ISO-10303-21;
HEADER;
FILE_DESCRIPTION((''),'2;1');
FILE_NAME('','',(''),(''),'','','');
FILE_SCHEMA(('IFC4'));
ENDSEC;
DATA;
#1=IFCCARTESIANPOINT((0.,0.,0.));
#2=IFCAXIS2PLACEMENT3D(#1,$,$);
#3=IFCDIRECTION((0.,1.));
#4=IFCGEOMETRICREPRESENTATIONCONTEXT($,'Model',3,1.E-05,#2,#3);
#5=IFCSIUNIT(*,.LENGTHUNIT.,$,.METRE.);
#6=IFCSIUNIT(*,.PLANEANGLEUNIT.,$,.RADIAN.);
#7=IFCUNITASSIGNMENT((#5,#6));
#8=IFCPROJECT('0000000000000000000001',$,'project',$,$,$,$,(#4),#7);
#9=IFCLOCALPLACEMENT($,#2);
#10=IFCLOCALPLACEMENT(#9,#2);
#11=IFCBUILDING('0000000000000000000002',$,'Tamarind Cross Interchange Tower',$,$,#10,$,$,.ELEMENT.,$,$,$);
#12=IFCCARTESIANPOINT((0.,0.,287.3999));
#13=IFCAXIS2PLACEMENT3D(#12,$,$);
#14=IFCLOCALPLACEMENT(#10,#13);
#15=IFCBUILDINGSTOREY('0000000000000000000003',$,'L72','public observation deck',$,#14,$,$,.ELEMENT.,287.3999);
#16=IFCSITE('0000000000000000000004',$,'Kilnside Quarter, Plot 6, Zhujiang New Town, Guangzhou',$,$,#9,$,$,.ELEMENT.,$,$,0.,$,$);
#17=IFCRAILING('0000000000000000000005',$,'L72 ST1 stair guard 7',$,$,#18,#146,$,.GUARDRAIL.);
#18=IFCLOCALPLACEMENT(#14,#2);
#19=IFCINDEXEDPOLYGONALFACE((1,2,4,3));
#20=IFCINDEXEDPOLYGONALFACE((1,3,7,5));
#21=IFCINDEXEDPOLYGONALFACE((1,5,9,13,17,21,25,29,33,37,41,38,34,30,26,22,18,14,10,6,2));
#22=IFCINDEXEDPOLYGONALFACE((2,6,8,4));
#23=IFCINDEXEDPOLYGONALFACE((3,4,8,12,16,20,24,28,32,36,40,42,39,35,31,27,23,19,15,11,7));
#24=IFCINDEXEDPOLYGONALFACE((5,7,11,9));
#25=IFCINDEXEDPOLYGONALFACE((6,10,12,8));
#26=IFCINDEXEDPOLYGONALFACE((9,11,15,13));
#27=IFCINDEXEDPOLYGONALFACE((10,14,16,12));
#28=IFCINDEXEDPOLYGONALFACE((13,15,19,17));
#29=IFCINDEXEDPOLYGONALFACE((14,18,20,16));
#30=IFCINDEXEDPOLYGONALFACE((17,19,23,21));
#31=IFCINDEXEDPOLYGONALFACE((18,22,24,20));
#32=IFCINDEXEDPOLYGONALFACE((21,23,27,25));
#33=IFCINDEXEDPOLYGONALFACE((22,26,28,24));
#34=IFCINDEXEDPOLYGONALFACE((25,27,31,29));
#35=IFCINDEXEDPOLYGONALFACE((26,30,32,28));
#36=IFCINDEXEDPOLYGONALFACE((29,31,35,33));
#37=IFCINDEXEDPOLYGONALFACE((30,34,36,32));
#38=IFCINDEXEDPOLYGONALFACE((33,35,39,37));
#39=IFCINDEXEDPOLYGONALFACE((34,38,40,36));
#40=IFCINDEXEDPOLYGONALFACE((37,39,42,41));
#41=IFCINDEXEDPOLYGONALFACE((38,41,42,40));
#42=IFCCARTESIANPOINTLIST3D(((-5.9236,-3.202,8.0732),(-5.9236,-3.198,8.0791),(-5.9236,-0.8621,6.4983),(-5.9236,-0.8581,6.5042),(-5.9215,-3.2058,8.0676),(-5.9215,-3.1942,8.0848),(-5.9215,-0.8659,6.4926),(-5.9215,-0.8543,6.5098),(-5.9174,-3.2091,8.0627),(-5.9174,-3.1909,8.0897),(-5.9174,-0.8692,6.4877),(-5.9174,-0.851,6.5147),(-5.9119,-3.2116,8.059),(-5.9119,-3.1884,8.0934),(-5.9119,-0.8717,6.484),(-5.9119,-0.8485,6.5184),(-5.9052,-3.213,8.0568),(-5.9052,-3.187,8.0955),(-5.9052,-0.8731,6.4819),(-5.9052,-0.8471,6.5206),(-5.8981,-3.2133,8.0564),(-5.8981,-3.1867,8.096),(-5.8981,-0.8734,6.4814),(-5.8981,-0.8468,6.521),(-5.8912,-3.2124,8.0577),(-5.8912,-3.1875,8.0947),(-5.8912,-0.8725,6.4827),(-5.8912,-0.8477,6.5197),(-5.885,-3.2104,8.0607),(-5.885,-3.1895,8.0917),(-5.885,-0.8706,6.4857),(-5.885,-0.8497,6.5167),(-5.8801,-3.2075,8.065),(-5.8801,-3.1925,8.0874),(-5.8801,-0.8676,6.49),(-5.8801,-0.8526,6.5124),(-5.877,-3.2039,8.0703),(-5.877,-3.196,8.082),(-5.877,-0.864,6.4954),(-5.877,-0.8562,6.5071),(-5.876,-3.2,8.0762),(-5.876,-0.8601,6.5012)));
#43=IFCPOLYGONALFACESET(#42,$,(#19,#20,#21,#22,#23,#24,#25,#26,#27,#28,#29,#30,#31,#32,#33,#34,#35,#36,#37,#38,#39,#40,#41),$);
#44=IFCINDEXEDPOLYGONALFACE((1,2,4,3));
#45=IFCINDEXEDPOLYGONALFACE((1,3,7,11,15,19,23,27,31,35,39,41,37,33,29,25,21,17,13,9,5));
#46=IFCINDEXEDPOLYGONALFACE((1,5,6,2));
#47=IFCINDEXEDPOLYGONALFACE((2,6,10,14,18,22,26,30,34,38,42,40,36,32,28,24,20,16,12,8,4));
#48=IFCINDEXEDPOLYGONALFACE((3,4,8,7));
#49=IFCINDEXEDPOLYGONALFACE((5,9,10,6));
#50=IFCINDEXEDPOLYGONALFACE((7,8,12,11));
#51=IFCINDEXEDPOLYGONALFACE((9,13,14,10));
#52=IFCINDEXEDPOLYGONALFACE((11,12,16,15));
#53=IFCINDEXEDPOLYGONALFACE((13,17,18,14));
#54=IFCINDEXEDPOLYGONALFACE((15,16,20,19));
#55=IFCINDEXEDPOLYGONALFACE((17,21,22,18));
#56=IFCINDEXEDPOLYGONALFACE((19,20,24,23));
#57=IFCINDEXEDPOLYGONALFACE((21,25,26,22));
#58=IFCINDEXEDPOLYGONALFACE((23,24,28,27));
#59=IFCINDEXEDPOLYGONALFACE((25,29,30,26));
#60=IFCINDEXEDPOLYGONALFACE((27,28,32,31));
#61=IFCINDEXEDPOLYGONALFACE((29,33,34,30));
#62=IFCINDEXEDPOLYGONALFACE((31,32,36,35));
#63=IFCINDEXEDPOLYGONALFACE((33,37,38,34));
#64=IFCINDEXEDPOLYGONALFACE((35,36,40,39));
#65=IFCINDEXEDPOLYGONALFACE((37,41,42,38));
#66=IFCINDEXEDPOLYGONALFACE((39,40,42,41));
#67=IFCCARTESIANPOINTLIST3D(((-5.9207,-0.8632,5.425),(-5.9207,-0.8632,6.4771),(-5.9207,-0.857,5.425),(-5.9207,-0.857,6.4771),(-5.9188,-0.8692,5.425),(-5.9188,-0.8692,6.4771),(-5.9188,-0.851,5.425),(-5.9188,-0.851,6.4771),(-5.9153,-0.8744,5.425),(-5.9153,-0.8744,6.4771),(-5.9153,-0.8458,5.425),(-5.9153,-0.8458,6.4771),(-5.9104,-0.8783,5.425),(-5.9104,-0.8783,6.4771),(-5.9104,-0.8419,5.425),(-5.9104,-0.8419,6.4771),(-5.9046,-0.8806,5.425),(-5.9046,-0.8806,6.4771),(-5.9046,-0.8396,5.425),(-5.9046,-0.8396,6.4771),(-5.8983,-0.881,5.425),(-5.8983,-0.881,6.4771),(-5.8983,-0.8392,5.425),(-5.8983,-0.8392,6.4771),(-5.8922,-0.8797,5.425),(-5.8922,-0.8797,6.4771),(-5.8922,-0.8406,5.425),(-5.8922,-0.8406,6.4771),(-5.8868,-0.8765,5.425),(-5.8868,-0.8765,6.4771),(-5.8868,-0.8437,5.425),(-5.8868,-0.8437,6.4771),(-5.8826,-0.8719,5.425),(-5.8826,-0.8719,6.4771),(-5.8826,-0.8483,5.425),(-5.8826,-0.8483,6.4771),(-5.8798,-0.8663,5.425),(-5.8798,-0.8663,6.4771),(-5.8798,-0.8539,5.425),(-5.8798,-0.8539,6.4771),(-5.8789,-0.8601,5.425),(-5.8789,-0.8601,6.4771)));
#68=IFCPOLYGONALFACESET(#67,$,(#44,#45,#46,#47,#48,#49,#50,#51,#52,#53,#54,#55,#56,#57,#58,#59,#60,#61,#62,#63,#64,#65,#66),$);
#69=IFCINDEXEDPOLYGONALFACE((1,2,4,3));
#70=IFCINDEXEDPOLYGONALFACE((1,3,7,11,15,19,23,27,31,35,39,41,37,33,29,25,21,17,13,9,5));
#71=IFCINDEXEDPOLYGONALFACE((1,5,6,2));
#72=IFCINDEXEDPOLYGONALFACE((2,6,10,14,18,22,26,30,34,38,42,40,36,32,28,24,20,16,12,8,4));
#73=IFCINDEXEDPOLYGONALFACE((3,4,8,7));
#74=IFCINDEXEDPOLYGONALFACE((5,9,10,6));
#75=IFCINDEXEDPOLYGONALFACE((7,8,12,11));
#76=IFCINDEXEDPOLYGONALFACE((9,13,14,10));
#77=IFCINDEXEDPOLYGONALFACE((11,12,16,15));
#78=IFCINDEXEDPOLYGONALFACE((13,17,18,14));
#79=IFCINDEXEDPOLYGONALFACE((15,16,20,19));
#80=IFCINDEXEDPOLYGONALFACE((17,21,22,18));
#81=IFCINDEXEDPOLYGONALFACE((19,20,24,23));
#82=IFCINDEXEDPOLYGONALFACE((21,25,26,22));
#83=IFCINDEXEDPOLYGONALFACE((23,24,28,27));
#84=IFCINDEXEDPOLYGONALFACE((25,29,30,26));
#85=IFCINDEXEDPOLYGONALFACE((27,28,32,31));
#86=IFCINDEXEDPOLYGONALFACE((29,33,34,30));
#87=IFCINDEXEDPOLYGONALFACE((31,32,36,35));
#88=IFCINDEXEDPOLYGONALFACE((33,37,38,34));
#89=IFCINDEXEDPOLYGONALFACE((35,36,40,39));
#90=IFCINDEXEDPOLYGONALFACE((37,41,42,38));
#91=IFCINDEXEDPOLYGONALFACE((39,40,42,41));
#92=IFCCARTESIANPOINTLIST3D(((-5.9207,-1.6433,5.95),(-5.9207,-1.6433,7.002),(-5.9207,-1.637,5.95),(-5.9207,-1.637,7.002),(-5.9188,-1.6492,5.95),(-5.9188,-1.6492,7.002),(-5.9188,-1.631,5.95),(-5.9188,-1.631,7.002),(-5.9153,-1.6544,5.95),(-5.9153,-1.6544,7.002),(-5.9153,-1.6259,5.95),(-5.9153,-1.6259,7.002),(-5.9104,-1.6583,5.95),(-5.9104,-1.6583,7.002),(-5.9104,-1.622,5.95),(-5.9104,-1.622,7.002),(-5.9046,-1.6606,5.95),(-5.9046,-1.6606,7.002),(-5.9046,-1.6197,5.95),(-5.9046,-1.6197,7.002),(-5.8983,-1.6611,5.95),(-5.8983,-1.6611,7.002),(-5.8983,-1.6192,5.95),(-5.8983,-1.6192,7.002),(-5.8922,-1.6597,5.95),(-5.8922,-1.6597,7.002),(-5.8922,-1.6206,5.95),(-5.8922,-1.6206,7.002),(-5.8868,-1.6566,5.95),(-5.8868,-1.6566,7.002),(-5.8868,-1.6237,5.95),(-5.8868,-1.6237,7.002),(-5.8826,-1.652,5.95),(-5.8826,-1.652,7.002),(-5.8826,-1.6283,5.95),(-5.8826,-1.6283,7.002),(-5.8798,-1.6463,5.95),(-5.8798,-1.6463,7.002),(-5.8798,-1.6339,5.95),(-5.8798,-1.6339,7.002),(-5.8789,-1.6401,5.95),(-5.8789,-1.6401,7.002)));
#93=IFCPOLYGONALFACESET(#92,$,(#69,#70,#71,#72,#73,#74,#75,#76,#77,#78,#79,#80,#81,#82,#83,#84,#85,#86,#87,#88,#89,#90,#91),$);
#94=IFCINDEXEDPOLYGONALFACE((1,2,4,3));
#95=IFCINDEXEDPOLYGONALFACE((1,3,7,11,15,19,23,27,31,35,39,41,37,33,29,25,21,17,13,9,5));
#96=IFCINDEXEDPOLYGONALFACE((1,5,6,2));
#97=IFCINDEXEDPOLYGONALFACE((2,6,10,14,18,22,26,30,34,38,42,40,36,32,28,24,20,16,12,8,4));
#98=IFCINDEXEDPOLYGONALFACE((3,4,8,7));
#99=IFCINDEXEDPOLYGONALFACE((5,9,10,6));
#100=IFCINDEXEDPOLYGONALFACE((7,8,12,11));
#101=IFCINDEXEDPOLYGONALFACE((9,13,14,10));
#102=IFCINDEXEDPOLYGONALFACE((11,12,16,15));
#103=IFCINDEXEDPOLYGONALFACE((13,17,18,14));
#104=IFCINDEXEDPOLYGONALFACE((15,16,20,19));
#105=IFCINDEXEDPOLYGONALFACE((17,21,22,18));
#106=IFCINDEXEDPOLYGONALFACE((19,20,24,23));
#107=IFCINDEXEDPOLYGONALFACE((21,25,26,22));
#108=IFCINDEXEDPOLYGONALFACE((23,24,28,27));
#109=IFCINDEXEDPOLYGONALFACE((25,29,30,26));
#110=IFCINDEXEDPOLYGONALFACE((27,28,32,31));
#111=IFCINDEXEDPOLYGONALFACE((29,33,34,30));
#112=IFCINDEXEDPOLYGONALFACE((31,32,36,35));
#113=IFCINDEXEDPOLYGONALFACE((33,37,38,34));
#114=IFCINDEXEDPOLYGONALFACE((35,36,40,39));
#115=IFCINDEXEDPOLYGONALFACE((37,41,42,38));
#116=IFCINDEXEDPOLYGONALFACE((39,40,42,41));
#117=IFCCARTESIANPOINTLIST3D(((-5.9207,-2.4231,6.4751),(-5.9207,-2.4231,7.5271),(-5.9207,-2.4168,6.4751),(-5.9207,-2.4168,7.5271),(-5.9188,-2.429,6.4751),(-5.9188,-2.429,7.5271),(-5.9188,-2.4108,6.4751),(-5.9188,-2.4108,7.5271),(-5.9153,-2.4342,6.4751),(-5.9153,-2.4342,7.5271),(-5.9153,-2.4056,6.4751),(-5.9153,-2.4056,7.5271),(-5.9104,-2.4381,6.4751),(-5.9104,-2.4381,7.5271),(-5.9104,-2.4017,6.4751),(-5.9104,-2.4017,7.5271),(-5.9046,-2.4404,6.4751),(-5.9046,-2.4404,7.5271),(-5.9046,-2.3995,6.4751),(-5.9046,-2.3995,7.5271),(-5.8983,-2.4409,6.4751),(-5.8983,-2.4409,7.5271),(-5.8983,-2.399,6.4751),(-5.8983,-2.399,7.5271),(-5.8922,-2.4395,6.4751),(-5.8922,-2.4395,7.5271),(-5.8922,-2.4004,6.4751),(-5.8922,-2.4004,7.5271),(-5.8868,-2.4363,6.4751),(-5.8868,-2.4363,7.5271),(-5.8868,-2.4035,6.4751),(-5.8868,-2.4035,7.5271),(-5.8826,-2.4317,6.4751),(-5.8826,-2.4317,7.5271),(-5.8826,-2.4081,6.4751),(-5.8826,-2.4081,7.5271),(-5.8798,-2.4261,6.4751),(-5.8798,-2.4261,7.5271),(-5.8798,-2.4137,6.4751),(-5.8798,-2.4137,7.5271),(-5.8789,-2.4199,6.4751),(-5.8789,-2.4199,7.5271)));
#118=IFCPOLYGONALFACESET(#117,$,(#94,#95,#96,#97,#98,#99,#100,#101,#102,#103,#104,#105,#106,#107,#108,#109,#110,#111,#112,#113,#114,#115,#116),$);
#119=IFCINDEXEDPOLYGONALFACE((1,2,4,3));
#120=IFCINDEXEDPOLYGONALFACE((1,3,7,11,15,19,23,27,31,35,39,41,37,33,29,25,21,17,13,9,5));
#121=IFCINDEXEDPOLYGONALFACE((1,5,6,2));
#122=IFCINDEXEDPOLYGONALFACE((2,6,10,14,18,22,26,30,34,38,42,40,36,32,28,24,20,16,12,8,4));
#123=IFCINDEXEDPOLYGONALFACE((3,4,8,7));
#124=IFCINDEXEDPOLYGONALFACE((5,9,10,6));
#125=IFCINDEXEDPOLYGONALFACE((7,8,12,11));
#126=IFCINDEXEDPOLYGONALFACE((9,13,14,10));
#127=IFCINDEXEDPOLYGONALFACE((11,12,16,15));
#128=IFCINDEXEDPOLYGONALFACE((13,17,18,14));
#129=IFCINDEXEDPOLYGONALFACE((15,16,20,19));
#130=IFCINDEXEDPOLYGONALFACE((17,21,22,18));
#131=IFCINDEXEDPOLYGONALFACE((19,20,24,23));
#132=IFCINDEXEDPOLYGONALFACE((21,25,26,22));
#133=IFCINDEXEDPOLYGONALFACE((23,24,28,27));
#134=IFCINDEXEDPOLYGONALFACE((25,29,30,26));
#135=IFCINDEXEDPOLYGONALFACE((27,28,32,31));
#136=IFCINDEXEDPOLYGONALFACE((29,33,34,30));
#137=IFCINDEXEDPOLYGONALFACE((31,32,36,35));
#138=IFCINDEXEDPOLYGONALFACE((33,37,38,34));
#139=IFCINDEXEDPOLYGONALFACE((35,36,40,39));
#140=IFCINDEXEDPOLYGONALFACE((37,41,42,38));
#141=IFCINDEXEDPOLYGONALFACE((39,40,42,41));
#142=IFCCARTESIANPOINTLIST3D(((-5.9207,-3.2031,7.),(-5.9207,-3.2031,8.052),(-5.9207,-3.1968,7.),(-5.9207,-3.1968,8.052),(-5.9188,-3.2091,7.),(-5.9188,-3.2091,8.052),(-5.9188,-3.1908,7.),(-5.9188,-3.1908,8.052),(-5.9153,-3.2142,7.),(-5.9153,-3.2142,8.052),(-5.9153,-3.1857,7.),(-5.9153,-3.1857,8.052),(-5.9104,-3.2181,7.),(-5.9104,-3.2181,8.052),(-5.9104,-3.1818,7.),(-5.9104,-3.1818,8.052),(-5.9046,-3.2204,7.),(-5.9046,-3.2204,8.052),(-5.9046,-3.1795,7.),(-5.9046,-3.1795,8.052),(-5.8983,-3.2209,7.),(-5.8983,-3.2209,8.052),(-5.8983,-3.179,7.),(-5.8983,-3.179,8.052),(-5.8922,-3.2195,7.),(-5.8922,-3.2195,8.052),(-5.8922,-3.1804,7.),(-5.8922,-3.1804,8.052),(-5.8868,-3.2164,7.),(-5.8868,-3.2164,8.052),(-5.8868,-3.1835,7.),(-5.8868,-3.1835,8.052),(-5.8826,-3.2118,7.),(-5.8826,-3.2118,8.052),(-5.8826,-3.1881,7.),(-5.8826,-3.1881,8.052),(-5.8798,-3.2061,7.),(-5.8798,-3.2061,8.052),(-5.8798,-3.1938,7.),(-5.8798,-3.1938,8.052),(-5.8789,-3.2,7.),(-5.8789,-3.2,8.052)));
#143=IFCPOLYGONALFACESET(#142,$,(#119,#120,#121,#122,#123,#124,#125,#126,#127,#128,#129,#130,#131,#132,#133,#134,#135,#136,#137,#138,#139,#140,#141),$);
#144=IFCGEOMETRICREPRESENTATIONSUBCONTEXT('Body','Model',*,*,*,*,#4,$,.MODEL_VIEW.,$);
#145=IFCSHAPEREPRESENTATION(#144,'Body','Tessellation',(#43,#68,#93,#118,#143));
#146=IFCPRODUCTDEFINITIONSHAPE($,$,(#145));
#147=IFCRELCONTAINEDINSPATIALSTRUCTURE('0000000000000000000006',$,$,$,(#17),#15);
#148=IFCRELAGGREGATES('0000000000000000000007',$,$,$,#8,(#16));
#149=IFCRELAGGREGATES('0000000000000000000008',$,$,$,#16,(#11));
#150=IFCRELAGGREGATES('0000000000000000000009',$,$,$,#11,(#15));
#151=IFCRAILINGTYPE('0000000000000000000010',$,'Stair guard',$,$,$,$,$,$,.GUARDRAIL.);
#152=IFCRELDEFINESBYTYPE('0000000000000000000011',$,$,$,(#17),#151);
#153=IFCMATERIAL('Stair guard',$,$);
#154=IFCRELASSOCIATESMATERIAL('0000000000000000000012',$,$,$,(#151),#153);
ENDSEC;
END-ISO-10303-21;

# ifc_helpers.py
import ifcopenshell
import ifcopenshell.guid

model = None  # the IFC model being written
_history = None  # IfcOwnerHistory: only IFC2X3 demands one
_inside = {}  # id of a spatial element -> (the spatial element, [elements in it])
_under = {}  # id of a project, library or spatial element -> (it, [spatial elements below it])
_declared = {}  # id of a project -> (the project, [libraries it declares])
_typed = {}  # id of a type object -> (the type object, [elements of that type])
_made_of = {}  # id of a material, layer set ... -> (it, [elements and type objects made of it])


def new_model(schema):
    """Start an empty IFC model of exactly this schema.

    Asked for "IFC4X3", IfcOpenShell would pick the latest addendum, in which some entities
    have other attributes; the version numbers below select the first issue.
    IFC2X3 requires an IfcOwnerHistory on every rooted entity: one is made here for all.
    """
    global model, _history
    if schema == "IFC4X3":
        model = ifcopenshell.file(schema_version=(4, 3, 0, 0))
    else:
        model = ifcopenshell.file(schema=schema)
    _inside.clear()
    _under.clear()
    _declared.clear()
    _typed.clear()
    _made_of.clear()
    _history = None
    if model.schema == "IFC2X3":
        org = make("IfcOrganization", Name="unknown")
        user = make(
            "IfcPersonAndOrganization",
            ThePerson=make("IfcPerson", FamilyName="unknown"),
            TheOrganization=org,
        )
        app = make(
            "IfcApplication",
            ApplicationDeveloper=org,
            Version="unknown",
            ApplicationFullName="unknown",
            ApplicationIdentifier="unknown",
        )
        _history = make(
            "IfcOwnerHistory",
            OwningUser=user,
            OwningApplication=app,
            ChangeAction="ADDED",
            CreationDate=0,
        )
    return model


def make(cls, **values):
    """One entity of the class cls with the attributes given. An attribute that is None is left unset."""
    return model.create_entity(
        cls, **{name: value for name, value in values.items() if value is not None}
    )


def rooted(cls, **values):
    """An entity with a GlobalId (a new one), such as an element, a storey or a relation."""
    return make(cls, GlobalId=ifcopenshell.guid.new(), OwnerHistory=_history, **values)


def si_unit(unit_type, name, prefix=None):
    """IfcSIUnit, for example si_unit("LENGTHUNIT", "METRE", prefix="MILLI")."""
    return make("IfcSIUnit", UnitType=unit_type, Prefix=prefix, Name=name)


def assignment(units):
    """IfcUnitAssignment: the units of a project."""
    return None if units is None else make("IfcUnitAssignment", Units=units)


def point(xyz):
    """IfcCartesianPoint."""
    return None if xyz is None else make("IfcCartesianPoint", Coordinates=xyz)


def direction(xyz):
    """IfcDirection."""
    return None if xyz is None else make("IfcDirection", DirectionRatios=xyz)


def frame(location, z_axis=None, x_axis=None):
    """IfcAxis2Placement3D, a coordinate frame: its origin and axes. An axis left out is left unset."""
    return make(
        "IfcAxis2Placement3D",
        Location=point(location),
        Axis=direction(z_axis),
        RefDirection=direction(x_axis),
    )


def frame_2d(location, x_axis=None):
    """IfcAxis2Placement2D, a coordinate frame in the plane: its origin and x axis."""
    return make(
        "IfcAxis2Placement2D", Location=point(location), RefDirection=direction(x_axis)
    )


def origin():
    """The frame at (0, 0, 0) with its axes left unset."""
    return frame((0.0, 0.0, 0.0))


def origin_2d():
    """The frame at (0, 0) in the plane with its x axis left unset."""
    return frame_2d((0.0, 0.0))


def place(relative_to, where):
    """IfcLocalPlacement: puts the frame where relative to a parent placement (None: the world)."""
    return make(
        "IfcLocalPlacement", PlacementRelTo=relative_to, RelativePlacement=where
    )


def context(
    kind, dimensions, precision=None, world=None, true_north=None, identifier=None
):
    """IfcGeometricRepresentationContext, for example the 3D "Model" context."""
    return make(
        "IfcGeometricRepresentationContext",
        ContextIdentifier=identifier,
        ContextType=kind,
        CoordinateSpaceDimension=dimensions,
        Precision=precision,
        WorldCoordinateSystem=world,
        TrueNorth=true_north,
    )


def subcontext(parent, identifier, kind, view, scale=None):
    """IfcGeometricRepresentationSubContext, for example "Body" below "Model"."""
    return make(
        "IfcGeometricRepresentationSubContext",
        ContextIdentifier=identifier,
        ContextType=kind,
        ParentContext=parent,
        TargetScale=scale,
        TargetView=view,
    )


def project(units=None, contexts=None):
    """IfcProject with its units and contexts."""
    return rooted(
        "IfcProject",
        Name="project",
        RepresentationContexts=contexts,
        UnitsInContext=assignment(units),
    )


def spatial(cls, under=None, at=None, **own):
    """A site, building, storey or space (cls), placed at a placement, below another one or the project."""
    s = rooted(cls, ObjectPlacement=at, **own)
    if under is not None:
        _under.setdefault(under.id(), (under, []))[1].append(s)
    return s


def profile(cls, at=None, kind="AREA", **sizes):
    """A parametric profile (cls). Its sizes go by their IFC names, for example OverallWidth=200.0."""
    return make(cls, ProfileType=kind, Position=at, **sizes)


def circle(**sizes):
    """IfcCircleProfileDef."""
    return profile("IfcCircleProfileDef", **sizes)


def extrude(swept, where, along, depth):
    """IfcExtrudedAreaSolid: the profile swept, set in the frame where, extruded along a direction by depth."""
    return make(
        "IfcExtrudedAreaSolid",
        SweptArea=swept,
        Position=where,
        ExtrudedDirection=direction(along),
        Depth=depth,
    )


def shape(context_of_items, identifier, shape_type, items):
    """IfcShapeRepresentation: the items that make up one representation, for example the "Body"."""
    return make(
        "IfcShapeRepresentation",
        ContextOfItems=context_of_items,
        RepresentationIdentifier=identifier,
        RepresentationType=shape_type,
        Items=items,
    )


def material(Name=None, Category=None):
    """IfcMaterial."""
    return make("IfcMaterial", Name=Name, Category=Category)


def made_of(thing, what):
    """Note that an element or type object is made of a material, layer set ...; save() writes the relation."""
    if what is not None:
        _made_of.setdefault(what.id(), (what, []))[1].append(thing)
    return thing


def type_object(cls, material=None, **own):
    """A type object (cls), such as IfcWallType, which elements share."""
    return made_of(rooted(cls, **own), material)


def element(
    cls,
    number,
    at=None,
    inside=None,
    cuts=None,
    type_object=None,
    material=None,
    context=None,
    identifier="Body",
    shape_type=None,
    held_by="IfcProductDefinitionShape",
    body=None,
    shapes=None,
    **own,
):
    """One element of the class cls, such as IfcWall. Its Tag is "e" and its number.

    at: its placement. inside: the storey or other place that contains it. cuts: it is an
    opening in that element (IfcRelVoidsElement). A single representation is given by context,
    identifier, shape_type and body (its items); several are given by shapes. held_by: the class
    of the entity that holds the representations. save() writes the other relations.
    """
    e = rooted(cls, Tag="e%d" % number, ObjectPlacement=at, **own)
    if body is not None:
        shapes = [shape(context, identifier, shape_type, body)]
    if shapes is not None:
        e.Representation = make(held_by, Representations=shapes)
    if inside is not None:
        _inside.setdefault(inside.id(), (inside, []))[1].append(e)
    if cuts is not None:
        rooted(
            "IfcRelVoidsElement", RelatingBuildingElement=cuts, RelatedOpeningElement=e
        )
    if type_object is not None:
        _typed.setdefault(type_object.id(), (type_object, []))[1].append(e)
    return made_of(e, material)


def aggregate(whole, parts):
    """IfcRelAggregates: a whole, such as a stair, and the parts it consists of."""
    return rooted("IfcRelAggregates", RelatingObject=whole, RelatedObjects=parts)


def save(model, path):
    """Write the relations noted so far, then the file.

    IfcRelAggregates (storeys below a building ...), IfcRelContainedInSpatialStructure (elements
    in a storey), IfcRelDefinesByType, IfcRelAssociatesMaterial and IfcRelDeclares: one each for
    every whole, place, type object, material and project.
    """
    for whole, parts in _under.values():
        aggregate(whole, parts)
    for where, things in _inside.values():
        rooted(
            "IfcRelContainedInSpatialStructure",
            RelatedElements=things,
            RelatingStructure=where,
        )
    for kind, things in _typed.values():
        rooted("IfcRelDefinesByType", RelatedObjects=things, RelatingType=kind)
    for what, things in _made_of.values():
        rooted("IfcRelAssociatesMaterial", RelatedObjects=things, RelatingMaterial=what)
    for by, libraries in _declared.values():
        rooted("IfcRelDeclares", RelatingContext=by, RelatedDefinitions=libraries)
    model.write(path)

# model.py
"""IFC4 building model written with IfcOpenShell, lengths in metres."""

from ifc_helpers import new_model, si_unit, direction, frame, origin, origin_2d, place, context, subcontext, project, spatial, circle, extrude, material, type_object, element, save


model = new_model("IFC4")

# Units and contexts
model_context = context("Model", 3, precision=1e-05, world=origin(), true_north=direction((0.0, 1.0)))
body_context = subcontext(model_context, "Body", "Model", "MODEL_VIEW")
ifc_project = project(units=[si_unit("LENGTHUNIT", "METRE"), si_unit("PLANEANGLEUNIT", "RADIAN")], contexts=[model_context])

# Site, building, storey
site_placement = place(None, origin())
site = spatial("IfcSite", under=ifc_project, at=site_placement, Name="Kilnside Quarter, Plot 6, Zhujiang New Town, Guangzhou", CompositionType="ELEMENT", RefElevation=0.0)
building_placement = place(site_placement, origin())
building = spatial("IfcBuilding", under=site, at=building_placement, Name="Tamarind Cross Interchange Tower", CompositionType="ELEMENT")
storey_placement = place(building_placement, frame((0.0, 0.0, 287.3999)))
storey = spatial("IfcBuildingStorey", under=building, at=storey_placement, Name="L72", Description="public observation deck", CompositionType="ELEMENT", Elevation=287.3999)

# Railing
ifc_material_1 = material(Name="Stair guard")
railing_type_1 = type_object("IfcRailingType", Name="Stair guard", PredefinedType="GUARDRAIL", material=ifc_material_1)
railing_1_placement = place(storey_placement, frame((-5.8999, -0.8601, 5.425)))
element("IfcRailing", 1, at=railing_1_placement, inside=storey, type_object=railing_type_1, Name="L72 ST1 stair guard 7", PredefinedType="GUARDRAIL", context=body_context, shape_type="SweptSolid", body=[
    extrude(circle(Radius=0.0239, at=origin_2d()), frame((0.0, 0.0, 1.0762), z_axis=(0.0, -0.829578, 0.55839), x_axis=(1.0, 0.0, 0.0)), (0.0, 0.0, 1.0), 2.8206),
    extrude(circle(Radius=0.021, at=origin_2d()), origin(), (0.0, 0.0, 1.0), 1.052),
    extrude(circle(Radius=0.021, at=origin_2d()), frame((0.0, -0.78, 0.5249)), (0.0, 0.0, 1.0), 1.052),
    extrude(circle(Radius=0.021, at=origin_2d()), frame((0.0, -1.5598, 1.05)), (0.0, 0.0, 1.0), 1.052),
    extrude(circle(Radius=0.021, at=origin_2d()), frame((0.0, -2.3398, 1.575)), (0.0, 0.0, 1.0), 1.052),
])

save(model, "model.ifc")
